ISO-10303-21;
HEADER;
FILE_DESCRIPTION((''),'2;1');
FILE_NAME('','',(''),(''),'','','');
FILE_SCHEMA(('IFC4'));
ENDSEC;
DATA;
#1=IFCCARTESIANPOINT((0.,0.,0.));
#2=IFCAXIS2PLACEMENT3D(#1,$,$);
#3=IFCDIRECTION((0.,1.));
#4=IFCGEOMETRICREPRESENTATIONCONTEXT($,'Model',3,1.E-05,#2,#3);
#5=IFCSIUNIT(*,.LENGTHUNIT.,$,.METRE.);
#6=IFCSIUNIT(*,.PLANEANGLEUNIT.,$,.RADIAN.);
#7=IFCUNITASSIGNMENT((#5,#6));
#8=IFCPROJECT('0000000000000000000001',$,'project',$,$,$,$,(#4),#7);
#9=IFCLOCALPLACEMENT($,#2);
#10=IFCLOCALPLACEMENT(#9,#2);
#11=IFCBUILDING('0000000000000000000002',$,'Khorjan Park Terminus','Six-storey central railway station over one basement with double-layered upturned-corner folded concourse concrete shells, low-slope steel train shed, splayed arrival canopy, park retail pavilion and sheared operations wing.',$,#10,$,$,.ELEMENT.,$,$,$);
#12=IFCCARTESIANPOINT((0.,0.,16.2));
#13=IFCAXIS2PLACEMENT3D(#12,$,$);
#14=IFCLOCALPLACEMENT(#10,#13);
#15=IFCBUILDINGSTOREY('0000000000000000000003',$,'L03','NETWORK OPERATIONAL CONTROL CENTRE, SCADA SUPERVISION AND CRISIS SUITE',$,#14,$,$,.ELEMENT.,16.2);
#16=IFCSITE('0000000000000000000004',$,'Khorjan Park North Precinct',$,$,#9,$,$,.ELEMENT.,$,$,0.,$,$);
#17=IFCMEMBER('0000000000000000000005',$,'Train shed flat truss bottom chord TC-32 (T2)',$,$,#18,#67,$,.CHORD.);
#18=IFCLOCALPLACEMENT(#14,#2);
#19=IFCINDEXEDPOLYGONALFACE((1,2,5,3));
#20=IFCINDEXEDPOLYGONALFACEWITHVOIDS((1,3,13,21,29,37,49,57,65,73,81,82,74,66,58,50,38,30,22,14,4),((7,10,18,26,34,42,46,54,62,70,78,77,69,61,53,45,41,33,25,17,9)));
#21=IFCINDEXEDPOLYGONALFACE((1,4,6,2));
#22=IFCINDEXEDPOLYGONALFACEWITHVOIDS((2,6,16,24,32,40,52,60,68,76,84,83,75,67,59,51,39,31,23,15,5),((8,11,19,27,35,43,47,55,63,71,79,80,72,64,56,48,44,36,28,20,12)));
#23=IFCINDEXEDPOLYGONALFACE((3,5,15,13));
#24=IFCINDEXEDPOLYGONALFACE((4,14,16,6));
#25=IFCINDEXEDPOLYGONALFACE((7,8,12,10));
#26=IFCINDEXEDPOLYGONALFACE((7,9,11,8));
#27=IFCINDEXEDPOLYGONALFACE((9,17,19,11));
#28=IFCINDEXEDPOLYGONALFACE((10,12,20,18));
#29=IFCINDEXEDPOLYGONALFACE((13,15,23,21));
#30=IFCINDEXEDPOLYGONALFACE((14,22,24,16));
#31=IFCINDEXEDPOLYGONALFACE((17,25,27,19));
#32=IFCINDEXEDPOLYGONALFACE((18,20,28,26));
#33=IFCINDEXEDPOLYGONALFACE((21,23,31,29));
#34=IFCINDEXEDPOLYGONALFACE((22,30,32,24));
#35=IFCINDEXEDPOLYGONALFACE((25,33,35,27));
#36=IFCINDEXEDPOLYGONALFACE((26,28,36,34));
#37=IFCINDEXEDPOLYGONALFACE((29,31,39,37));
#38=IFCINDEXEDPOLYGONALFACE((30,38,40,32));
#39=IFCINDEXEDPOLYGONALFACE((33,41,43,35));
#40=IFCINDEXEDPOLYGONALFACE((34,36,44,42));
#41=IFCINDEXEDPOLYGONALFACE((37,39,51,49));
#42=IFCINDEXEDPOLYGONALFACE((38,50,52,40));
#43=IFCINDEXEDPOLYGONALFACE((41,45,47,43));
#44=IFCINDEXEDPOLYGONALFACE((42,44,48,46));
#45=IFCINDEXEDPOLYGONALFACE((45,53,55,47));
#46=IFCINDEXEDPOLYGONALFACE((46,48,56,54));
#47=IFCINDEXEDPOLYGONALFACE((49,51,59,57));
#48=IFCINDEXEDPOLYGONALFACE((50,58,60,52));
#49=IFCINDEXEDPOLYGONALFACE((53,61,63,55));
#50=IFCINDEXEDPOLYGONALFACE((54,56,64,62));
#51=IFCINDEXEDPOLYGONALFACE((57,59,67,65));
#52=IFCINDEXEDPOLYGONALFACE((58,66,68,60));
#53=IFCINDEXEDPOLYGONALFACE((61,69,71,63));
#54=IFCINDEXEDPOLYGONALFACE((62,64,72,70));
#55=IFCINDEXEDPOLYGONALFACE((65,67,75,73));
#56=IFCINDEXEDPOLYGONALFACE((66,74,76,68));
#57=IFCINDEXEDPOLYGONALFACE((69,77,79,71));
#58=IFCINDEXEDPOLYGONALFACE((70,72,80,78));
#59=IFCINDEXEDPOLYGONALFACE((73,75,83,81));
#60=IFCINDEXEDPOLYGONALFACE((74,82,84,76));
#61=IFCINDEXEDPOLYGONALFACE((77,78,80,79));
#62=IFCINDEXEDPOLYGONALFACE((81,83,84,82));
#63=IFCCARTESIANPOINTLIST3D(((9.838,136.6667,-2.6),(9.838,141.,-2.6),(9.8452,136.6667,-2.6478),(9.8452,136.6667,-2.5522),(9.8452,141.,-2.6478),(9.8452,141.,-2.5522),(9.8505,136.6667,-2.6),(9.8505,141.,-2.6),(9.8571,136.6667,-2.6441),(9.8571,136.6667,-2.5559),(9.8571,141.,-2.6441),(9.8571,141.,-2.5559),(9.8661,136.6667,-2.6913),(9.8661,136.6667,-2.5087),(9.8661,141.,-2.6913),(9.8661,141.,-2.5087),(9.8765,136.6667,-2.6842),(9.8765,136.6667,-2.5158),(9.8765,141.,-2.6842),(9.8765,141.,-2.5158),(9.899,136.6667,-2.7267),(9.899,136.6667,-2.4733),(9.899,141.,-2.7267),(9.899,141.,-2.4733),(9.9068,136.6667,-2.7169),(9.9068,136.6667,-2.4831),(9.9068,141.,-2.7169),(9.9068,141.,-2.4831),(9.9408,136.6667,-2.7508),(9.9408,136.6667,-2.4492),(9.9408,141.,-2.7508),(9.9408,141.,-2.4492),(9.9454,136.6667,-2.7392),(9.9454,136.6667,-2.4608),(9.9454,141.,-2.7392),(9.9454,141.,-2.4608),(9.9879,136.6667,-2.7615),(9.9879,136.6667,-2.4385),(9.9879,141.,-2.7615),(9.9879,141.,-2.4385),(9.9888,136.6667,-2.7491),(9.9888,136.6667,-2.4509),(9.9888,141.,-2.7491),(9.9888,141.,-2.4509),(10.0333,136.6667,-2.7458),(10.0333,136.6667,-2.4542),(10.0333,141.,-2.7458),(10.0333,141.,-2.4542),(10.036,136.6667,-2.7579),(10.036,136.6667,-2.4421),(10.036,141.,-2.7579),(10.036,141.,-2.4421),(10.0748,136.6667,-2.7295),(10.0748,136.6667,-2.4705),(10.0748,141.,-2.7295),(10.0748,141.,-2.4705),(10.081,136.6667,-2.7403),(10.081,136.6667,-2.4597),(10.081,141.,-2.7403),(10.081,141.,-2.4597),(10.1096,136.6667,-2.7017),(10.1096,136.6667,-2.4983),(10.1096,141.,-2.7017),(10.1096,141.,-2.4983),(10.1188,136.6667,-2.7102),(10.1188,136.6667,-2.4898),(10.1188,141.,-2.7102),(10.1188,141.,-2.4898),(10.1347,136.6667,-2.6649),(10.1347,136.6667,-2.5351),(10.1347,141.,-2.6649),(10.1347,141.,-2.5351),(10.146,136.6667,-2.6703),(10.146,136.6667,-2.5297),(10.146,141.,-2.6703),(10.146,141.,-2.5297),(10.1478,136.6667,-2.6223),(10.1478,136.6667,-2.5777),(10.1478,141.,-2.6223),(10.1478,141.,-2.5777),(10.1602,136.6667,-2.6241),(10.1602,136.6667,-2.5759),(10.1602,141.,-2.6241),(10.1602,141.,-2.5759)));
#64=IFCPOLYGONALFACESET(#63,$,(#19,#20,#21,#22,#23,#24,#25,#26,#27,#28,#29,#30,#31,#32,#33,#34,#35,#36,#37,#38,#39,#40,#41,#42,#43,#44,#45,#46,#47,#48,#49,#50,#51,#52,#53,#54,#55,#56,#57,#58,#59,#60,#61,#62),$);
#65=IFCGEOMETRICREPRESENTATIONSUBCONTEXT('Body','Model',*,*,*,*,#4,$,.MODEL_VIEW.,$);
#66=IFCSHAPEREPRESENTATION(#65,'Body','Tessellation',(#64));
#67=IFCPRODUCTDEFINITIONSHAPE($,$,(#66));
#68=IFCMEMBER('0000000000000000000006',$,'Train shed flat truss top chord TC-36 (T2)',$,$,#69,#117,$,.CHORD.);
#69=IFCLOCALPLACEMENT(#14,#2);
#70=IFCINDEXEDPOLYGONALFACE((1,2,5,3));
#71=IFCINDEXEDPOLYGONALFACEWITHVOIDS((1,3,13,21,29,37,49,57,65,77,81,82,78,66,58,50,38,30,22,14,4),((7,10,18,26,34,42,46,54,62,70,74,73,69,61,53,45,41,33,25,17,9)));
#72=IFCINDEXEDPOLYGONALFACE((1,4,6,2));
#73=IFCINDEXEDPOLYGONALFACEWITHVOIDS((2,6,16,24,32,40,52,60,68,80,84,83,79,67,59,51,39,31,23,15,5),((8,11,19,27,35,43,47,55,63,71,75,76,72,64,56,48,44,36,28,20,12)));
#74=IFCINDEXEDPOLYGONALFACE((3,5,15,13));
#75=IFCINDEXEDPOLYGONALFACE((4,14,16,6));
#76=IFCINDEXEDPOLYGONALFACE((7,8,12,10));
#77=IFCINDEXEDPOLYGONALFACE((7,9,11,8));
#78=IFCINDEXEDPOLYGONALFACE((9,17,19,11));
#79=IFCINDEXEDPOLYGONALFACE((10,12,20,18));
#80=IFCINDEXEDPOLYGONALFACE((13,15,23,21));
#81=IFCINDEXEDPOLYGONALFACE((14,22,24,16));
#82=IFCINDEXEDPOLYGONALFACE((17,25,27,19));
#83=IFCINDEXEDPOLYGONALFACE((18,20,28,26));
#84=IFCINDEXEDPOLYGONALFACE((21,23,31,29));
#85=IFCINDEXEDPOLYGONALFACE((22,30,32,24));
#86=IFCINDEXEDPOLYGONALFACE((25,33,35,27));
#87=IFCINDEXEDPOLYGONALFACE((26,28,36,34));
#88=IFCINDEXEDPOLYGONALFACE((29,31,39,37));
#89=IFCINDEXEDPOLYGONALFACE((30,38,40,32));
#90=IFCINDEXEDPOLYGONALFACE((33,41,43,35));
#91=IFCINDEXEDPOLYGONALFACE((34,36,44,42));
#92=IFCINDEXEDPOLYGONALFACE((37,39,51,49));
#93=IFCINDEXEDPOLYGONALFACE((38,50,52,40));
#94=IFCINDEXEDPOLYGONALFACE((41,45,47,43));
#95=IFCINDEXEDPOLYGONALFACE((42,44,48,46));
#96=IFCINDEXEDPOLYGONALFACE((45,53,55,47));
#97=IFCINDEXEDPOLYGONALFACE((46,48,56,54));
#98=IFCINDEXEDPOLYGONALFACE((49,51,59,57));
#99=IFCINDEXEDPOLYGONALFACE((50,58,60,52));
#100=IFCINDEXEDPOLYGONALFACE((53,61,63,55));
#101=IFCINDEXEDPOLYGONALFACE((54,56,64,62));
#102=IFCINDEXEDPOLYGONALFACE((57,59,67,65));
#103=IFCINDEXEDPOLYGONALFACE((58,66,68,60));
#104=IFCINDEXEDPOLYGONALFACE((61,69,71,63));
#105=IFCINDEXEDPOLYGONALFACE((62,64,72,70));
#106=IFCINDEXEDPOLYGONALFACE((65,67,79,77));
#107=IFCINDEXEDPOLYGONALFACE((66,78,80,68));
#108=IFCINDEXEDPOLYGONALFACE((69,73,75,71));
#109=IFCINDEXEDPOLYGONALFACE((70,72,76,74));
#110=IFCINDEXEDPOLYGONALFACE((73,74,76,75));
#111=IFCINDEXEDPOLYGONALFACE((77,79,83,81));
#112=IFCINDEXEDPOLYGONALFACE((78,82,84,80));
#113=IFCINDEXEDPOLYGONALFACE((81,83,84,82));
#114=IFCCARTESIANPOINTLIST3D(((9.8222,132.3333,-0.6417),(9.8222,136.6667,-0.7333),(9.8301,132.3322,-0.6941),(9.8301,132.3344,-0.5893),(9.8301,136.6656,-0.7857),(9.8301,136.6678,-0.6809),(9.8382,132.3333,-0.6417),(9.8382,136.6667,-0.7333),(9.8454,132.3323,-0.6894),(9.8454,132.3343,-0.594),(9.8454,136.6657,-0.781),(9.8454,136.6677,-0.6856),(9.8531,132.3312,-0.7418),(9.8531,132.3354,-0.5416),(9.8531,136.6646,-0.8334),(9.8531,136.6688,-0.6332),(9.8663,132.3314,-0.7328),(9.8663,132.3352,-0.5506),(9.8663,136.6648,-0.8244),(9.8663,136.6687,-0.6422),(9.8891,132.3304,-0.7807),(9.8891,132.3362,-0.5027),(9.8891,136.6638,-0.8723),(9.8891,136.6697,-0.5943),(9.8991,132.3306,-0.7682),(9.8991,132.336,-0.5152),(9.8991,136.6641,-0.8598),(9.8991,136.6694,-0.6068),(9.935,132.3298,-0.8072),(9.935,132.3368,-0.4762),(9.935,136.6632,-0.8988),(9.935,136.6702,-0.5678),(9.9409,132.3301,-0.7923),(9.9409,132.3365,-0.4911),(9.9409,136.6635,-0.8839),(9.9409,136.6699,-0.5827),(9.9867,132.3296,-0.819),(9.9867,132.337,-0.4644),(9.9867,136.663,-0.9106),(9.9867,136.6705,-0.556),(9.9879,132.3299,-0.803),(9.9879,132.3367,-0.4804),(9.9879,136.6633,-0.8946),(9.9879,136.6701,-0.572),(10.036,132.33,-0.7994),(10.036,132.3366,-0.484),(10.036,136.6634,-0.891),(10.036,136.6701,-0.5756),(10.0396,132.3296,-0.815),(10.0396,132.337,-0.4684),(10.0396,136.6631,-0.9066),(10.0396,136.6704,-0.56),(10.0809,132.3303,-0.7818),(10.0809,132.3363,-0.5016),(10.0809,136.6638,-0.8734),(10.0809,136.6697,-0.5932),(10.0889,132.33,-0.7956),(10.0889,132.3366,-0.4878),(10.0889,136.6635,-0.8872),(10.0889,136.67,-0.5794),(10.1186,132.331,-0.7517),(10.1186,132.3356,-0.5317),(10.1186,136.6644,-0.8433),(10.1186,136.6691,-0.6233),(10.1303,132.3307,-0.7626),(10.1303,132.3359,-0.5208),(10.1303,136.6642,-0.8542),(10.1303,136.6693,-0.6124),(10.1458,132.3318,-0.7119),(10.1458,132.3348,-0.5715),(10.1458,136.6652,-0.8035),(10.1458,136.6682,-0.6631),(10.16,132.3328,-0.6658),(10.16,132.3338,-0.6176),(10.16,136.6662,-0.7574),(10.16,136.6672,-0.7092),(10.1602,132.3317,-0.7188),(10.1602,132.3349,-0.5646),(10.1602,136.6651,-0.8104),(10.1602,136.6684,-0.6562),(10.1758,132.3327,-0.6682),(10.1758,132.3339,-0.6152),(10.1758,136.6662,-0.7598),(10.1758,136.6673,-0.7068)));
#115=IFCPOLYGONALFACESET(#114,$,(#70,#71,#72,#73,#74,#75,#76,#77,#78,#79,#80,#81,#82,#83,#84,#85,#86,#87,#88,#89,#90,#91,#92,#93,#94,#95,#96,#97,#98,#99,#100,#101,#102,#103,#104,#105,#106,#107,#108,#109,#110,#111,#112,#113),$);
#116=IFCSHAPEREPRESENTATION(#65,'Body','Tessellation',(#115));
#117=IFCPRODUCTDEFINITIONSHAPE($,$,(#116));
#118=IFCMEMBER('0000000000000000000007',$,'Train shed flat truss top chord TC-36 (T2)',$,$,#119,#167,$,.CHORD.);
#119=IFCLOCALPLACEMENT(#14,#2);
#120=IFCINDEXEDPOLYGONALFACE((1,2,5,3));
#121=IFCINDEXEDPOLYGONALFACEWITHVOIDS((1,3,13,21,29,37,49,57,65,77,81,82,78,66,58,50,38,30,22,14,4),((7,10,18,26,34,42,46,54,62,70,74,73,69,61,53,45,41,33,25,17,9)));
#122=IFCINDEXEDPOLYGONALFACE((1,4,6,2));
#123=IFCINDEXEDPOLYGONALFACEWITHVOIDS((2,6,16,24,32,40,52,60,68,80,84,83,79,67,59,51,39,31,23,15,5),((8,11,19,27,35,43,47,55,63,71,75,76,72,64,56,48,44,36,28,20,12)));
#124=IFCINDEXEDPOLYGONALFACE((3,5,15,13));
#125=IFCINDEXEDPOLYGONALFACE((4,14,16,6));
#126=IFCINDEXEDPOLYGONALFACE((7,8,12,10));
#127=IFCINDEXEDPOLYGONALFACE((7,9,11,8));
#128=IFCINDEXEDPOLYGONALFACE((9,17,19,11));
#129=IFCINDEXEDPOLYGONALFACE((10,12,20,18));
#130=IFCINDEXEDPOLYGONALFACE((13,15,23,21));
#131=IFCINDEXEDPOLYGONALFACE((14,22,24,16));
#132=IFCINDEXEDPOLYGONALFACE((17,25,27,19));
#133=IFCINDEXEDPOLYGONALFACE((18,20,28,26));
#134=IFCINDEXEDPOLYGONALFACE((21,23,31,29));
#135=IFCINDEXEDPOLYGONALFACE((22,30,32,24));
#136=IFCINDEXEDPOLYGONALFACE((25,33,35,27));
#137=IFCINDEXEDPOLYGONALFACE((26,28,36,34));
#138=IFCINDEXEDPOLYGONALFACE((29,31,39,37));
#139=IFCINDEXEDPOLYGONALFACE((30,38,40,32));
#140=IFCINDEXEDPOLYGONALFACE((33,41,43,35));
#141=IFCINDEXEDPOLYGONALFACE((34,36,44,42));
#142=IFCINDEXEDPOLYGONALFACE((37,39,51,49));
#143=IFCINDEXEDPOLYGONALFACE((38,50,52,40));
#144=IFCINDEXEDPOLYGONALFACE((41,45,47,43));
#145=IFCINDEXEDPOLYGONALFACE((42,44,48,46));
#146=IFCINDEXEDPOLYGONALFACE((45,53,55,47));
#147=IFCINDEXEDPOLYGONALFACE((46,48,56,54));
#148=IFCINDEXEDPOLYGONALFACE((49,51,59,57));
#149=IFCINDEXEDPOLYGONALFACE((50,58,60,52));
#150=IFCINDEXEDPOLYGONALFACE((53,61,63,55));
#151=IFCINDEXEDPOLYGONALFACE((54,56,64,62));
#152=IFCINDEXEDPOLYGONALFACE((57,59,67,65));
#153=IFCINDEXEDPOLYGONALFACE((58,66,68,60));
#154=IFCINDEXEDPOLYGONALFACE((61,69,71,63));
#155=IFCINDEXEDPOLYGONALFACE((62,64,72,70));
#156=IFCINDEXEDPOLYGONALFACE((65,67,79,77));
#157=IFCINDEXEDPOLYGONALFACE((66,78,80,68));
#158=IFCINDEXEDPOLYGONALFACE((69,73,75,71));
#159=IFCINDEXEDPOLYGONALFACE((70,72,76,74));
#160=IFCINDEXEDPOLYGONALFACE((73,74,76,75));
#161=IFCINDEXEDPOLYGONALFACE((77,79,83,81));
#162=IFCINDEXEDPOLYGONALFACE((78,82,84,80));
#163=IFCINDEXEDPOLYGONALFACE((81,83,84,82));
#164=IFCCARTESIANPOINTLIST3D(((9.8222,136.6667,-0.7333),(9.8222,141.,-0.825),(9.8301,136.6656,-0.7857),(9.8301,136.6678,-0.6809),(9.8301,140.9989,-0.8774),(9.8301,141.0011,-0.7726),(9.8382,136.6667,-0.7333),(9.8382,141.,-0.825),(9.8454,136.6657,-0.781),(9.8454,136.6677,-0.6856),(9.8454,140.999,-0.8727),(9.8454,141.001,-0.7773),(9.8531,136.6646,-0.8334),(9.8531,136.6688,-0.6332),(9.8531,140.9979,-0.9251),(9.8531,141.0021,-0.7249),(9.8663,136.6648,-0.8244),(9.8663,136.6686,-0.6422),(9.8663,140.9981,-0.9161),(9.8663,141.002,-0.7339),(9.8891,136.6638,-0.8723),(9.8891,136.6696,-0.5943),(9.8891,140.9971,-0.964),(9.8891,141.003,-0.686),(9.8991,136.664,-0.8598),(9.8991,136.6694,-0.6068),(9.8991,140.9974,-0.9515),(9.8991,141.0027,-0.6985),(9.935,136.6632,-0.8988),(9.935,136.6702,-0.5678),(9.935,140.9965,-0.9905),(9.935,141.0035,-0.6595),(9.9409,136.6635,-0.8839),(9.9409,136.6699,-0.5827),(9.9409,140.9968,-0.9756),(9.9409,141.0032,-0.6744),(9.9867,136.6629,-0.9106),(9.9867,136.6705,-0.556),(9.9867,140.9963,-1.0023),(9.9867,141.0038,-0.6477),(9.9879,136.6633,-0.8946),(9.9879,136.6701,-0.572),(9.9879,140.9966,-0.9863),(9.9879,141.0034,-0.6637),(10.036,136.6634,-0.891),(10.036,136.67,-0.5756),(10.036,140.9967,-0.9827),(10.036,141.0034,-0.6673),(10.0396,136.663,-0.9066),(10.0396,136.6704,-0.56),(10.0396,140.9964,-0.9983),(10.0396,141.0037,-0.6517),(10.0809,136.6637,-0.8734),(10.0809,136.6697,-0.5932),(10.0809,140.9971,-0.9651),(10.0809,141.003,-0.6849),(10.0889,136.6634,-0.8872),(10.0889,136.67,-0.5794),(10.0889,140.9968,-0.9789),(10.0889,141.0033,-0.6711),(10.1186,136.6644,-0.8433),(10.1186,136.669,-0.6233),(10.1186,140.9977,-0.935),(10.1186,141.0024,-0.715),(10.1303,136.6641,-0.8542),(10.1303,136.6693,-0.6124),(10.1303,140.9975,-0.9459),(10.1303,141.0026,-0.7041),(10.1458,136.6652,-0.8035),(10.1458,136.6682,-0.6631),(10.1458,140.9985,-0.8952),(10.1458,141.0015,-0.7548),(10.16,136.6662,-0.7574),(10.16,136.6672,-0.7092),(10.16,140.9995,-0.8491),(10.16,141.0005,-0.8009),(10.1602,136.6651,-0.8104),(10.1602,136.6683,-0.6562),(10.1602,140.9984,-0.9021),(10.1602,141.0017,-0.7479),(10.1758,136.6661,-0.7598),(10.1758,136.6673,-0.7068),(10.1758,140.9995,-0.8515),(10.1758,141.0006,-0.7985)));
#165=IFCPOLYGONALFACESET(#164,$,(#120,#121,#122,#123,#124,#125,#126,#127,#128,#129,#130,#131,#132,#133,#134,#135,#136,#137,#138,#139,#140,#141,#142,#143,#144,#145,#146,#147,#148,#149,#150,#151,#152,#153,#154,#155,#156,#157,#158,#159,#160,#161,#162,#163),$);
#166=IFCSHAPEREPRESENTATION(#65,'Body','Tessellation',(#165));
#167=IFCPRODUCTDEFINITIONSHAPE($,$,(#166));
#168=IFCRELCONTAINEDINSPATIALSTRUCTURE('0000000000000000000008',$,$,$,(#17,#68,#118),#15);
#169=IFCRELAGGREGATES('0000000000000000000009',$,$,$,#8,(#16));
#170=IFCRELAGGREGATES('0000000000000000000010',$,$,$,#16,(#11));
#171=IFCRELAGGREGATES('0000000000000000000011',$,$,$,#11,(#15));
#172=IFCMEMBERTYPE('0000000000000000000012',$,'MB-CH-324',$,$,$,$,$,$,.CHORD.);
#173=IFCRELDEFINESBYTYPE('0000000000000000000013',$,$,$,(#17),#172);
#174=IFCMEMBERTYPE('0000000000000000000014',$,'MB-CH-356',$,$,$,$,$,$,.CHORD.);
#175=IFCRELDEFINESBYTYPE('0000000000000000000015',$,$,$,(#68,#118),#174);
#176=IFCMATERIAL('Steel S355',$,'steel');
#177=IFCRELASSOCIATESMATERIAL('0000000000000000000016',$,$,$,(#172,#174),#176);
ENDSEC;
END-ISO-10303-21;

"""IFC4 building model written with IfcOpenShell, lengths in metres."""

from ifc_helpers import new_model, si_unit, direction, frame, origin, origin_2d, place, context, subcontext, project, spatial, hollow_circle, extrude, material, material_profile, profile_set, type_object, element, save


model = new_model("IFC4")

# Units and contexts
model_context = context("Model", 3, precision=1e-05, world=origin(), true_north=direction((0.0, 1.0)))
body_context = subcontext(model_context, "Body", "Model", "MODEL_VIEW")
ifc_project = project(units=[si_unit("LENGTHUNIT", "METRE"), si_unit("PLANEANGLEUNIT", "RADIAN")], contexts=[model_context])

# Site, building, storey
site_placement = place(None, origin())
site = spatial("IfcSite", under=ifc_project, at=site_placement, Name="Khorjan Park North Precinct", CompositionType="ELEMENT", RefElevation=0.0)
building_placement = place(site_placement, origin())
building = spatial("IfcBuilding", under=site, at=building_placement, Name="Khorjan Park Terminus", Description="Six-storey central railway station over one basement with double-layered upturned-corner folded concourse concrete shells, low-slope steel train shed, splayed arrival canopy, park retail pavilion and sheared operations wing.", CompositionType="ELEMENT")
storey_placement = place(building_placement, frame((0.0, 0.0, 16.2)))
storey = spatial("IfcBuildingStorey", under=building, at=storey_placement, Name="L03", Description="NETWORK OPERATIONAL CONTROL CENTRE, SCADA SUPERVISION AND CRISIS SUITE", CompositionType="ELEMENT", Elevation=16.2)

# Members
ifc_material = material(Name="Steel S355", Category="steel")
ifc_material_profile_1 = material_profile(ifc_material, hollow_circle(Radius=0.162, WallThickness=0.0125, at=origin_2d()), Name="CHS 323.9x12.5")
ifc_profile_set_1 = profile_set([ifc_material_profile_1], Name="Steel S355")
member_type_1 = type_object("IfcMemberType", Name="MB-CH-324", PredefinedType="CHORD", material=ifc_profile_set_1)
member_1_placement = place(storey_placement, frame((10.0, 136.6667, -2.6), z_axis=(0.0, 1.0, 0.0), x_axis=(-1.0, 0.0, 0.0)))
element("IfcMember", 1, at=member_1_placement, inside=storey, type_object=member_type_1, Name="Train shed flat truss bottom chord TC-32 (T2)", PredefinedType="CHORD", context=body_context, shape_type="SweptSolid", body=[
    extrude(hollow_circle(Radius=0.162, WallThickness=0.0125, at=origin_2d()), origin(), (0.0, 0.0, 1.0), 4.3333),
])
ifc_material_profile_2 = material_profile(ifc_material, hollow_circle(Radius=0.1778, WallThickness=0.016, at=origin_2d()), Name="CHS 355.6x16")
ifc_profile_set_2 = profile_set([ifc_material_profile_2], Name="Steel S355")
member_type_2 = type_object("IfcMemberType", Name="MB-CH-356", PredefinedType="CHORD", material=ifc_profile_set_2)
member_2_placement = place(storey_placement, frame((10.0, 132.3333, -0.6417), z_axis=(0.0, 0.999777, -0.021133), x_axis=(-1.0, 0.0, 0.0)))
element("IfcMember", 2, at=member_2_placement, inside=storey, type_object=member_type_2, Name="Train shed flat truss top chord TC-36 (T2)", PredefinedType="CHORD", context=body_context, shape_type="SweptSolid", body=[
    extrude(hollow_circle(Radius=0.1778, WallThickness=0.016, at=origin_2d()), origin(), (0.0, 0.0, 1.0), 4.3344),
])
member_3_placement = place(storey_placement, frame((10.0, 136.6667, -0.7333), z_axis=(0.0, 0.999776, -0.021157), x_axis=(-1.0, 0.0, 0.0)))
element("IfcMember", 3, at=member_3_placement, inside=storey, type_object=member_type_2, Name="Train shed flat truss top chord TC-36 (T2)", PredefinedType="CHORD", context=body_context, shape_type="SweptSolid", body=[
    extrude(hollow_circle(Radius=0.1778, WallThickness=0.016, at=origin_2d()), origin(), (0.0, 0.0, 1.0), 4.3343),
])

save(model, "model.ifc")
